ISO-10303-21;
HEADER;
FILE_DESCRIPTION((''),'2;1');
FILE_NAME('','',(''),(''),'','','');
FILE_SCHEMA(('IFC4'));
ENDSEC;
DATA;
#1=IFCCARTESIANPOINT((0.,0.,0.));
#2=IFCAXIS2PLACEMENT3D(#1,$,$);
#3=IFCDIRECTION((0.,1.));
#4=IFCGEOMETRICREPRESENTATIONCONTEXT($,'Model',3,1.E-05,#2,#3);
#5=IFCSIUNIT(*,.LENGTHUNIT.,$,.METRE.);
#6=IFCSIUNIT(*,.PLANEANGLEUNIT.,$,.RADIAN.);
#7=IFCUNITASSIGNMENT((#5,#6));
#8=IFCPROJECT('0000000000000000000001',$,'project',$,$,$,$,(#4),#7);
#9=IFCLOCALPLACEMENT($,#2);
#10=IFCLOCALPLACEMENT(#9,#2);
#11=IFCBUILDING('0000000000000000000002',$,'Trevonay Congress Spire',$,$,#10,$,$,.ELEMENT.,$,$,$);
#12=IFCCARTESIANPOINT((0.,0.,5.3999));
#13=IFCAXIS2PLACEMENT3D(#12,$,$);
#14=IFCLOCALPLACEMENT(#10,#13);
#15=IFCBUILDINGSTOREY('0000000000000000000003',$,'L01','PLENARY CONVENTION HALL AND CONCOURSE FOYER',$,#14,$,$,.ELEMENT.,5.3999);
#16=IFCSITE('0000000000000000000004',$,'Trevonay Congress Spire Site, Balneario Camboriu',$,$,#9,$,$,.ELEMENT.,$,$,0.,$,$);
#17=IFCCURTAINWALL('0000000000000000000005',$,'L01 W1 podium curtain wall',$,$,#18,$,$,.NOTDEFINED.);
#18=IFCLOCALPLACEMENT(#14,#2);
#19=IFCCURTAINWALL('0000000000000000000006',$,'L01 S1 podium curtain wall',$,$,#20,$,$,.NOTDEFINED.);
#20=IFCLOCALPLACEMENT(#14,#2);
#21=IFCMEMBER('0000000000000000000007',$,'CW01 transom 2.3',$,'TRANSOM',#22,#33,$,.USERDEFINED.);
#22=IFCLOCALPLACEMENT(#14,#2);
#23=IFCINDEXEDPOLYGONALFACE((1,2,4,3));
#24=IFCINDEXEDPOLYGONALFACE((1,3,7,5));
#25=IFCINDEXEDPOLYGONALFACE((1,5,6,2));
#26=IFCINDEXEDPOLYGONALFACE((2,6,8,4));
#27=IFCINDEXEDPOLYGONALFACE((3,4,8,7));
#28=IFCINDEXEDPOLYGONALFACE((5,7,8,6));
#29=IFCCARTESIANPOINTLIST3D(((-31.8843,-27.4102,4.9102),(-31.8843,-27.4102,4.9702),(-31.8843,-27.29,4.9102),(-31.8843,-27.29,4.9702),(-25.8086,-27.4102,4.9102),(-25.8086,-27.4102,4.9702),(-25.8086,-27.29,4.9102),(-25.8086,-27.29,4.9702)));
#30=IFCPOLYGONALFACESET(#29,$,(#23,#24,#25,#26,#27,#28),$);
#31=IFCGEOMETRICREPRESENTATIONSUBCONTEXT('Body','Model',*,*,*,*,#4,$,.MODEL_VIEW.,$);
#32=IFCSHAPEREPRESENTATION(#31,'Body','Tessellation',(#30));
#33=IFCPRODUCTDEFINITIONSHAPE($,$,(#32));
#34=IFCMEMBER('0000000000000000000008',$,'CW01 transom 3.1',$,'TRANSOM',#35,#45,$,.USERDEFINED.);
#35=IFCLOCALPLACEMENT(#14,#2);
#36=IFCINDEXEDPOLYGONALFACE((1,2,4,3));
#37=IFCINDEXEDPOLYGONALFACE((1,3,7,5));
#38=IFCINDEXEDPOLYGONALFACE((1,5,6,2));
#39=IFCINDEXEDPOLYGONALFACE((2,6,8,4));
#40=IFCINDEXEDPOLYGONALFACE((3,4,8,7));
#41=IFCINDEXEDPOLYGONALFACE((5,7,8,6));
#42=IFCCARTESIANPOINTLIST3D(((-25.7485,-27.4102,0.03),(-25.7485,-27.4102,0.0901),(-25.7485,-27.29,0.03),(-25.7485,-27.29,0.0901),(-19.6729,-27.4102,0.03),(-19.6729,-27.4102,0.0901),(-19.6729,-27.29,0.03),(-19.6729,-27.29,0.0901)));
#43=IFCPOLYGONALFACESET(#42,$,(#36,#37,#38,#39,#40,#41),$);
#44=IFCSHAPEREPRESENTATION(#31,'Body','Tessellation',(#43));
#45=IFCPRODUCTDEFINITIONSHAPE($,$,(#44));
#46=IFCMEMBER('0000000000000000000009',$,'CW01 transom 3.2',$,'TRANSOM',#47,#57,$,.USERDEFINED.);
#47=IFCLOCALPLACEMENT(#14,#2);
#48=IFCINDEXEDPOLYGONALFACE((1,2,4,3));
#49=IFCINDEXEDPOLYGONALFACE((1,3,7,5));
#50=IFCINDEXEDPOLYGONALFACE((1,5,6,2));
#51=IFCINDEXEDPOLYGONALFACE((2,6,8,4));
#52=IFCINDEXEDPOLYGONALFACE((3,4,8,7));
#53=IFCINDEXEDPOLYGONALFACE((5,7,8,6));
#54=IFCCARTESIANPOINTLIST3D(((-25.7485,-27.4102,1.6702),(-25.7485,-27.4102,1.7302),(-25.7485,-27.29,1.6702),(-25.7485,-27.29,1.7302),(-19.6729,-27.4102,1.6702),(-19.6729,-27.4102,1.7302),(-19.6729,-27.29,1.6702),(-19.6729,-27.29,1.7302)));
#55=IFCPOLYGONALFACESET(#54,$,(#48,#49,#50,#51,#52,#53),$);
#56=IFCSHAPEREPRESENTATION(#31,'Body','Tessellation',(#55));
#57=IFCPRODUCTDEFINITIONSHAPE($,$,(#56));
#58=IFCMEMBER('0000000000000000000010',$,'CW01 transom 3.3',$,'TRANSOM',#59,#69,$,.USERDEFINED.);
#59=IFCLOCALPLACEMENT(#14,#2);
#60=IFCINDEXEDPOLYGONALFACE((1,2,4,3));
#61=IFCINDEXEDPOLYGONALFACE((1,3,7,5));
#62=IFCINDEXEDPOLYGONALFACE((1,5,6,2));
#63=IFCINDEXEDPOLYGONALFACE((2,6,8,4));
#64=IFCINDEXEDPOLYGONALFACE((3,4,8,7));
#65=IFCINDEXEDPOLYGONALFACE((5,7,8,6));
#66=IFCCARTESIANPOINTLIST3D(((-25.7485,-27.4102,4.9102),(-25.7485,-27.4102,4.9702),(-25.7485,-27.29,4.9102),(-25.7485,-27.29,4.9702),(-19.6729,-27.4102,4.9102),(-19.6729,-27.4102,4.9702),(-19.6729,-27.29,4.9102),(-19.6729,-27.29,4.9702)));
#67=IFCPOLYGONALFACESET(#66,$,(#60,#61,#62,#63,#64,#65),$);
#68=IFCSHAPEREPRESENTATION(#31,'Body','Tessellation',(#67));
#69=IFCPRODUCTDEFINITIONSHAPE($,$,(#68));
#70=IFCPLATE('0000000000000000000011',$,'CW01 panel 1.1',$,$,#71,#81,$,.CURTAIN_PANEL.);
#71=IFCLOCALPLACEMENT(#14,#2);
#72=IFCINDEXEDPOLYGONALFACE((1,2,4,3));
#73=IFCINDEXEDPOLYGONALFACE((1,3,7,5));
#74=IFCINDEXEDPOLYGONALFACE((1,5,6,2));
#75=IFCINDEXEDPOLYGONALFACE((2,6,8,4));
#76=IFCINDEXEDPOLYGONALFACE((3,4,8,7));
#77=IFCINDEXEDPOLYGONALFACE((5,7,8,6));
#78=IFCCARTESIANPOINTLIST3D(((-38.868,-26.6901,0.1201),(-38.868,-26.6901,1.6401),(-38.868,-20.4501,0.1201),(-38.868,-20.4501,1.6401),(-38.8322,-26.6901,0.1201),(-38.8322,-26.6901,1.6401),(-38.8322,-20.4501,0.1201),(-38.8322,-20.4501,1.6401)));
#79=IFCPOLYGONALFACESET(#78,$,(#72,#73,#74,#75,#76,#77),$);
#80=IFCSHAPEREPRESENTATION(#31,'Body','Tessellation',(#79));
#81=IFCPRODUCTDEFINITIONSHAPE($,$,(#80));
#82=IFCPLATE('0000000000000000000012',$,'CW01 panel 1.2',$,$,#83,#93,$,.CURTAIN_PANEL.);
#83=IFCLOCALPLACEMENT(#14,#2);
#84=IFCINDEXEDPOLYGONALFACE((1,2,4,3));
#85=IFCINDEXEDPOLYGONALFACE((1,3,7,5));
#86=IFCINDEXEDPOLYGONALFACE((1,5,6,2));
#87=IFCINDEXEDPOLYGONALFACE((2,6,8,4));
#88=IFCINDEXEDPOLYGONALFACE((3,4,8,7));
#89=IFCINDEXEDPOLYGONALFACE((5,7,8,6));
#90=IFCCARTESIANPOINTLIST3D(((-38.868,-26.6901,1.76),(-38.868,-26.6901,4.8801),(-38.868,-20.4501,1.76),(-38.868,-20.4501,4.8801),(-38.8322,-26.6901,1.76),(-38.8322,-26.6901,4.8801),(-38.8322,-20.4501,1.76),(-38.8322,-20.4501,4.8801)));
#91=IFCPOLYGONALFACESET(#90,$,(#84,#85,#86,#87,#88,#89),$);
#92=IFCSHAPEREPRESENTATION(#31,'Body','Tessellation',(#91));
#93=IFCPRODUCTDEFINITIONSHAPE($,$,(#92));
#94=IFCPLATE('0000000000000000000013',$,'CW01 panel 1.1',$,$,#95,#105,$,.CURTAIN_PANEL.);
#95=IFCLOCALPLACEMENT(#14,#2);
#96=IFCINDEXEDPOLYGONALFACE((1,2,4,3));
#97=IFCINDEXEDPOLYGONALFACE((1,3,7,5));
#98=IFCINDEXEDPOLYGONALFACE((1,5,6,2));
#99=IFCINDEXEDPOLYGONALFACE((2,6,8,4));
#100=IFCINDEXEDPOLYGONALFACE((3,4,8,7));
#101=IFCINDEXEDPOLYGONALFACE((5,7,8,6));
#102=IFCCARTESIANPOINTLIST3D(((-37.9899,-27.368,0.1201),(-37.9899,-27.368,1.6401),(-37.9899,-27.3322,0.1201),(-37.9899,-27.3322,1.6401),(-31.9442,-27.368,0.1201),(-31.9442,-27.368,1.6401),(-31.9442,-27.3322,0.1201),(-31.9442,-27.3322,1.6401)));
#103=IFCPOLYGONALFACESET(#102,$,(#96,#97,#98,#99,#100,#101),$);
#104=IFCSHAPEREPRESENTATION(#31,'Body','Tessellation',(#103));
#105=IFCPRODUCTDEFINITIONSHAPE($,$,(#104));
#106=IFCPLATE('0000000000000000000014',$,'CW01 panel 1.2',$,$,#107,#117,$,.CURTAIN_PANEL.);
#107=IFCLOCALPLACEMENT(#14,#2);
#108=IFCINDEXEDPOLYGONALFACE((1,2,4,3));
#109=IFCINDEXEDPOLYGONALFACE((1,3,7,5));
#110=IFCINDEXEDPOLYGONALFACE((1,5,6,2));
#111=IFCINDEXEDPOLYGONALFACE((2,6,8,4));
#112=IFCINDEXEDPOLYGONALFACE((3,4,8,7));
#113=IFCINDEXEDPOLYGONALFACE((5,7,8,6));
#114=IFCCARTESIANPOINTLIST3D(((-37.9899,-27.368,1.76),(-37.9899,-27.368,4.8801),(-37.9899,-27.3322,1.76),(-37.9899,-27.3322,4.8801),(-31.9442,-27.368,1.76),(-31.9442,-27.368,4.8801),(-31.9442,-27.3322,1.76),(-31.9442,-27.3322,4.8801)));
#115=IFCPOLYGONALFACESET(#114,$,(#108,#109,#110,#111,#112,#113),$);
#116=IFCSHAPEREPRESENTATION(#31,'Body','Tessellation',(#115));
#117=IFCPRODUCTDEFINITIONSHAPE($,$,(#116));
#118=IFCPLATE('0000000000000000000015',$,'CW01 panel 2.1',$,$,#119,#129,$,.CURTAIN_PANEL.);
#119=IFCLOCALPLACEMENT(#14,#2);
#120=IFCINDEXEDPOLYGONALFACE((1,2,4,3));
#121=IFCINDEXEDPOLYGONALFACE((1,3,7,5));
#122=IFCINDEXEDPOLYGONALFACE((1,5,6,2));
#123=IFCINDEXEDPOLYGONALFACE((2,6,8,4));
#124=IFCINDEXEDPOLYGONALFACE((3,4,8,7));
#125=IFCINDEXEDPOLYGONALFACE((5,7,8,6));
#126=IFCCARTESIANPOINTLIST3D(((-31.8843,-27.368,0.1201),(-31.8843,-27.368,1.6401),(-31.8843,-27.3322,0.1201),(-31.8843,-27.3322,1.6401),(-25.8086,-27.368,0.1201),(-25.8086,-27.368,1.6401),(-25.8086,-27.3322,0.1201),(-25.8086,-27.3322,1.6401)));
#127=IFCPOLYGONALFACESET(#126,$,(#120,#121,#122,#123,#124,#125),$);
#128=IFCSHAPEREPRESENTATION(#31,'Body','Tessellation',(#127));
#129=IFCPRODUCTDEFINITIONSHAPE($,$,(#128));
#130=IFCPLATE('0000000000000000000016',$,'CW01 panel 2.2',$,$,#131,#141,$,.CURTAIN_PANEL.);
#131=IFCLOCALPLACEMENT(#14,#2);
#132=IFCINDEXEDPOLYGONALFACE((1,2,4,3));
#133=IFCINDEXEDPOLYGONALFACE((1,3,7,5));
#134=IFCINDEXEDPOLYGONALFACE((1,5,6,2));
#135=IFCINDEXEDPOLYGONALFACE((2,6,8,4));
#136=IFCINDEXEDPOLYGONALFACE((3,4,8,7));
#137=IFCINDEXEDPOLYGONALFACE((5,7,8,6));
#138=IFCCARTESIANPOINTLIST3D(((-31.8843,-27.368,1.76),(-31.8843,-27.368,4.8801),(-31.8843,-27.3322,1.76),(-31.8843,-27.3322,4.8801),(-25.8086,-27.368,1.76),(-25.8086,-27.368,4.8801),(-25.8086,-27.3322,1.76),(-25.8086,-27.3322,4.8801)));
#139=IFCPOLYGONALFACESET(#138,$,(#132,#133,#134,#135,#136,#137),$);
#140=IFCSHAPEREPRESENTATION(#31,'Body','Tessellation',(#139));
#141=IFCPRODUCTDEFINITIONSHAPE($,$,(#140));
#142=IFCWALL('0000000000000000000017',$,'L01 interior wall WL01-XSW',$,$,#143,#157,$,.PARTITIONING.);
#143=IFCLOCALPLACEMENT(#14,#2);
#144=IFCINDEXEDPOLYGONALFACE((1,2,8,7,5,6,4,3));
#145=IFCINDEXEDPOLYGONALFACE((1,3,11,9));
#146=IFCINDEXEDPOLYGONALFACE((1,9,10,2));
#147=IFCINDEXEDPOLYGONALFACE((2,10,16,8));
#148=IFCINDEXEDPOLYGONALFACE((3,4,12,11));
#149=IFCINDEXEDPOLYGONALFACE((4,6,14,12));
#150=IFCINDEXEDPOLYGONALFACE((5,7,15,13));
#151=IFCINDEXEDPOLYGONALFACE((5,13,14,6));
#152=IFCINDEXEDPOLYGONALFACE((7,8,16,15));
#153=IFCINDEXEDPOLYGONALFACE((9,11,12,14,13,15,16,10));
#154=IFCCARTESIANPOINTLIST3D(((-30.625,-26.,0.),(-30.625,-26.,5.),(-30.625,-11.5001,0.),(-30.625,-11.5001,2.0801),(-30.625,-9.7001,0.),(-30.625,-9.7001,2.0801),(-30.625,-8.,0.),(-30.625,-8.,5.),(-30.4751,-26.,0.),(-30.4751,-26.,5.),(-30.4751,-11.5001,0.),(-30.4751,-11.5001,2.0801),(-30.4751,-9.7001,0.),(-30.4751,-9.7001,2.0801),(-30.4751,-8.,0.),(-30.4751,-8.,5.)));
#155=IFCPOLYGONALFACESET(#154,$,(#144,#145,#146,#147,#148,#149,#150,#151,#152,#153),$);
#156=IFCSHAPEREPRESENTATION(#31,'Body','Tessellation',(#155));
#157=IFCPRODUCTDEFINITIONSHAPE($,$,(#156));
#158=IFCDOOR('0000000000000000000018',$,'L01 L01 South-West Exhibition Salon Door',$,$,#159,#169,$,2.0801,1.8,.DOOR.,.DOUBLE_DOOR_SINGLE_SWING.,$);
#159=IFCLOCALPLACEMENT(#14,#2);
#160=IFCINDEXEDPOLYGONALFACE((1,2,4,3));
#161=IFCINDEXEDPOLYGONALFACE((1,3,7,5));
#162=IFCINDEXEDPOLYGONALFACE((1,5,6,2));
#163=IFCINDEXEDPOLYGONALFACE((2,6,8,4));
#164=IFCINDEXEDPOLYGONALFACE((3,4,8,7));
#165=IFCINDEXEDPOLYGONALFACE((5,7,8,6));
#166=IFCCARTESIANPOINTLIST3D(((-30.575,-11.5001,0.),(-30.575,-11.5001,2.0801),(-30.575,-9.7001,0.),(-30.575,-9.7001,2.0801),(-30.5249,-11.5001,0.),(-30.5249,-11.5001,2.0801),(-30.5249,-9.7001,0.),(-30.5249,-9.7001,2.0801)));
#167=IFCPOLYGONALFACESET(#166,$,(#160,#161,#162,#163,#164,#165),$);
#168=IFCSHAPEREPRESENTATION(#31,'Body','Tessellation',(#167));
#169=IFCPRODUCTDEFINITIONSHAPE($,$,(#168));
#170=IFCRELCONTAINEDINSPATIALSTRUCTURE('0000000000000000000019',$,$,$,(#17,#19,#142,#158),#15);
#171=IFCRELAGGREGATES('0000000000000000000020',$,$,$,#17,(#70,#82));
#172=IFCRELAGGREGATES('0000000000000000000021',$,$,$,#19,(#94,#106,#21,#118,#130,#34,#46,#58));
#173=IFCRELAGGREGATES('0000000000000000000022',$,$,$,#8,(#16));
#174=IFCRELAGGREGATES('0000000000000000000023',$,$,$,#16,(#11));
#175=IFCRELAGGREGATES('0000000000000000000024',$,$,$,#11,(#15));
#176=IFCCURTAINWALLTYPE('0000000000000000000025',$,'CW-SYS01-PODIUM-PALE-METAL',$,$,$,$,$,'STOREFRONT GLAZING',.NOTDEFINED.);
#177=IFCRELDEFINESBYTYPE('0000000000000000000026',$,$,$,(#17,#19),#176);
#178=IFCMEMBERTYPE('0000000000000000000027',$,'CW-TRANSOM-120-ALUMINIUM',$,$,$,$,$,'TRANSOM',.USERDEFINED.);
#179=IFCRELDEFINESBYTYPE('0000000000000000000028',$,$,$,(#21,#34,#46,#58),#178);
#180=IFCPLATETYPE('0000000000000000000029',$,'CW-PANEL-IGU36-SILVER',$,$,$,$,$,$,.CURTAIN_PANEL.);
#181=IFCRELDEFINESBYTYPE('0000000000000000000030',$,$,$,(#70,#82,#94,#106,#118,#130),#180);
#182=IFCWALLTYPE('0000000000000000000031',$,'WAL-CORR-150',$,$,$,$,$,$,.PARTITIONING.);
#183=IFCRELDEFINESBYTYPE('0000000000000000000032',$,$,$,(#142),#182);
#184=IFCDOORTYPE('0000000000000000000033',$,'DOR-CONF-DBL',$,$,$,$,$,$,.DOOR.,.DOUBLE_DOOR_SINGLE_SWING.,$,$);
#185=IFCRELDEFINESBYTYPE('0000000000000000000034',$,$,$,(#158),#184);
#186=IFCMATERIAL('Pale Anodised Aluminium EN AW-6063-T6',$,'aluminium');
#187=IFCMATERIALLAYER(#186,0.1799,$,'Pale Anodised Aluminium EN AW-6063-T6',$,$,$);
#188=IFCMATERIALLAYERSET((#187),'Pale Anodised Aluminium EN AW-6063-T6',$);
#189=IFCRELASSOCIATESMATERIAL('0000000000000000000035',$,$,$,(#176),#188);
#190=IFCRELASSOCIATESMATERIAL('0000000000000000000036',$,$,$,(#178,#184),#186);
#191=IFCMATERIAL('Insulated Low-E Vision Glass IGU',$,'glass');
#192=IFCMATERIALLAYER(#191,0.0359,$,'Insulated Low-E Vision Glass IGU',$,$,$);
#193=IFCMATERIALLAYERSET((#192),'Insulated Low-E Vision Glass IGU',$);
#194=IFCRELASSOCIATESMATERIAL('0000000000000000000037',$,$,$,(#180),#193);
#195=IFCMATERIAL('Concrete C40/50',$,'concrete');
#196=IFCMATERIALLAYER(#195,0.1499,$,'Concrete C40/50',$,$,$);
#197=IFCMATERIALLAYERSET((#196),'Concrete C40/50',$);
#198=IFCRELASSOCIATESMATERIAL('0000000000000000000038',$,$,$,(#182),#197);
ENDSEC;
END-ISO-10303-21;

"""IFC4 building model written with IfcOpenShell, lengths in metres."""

from ifc_helpers import new_model, si_unit, direction, frame, frame_2d, origin, origin_2d, place, context, subcontext, project, spatial, rectangle, extrude, material, layer, layer_set, material_profile, profile_set, type_object, element, fill, aggregate, save


model = new_model("IFC4")

# Units and contexts
model_context = context("Model", 3, precision=1e-05, world=origin(), true_north=direction((0.0, 1.0)))
body_context = subcontext(model_context, "Body", "Model", "MODEL_VIEW")
ifc_project = project(units=[si_unit("LENGTHUNIT", "METRE"), si_unit("PLANEANGLEUNIT", "RADIAN")], contexts=[model_context])

# Site, building, storey
site_placement = place(None, origin())
site = spatial("IfcSite", under=ifc_project, at=site_placement, Name="Trevonay Congress Spire Site, Balneario Camboriu", CompositionType="ELEMENT", RefElevation=0.0)
building_placement = place(site_placement, origin())
building = spatial("IfcBuilding", under=site, at=building_placement, Name="Trevonay Congress Spire", CompositionType="ELEMENT")
storey_placement = place(building_placement, frame((0.0, 0.0, 5.3999)))
storey = spatial("IfcBuildingStorey", under=building, at=storey_placement, Name="L01", Description="PLENARY CONVENTION HALL AND CONCOURSE FOYER", CompositionType="ELEMENT", Elevation=5.3999)

# Curtain walls
ifc_material_1 = material(Name="Pale Anodised Aluminium EN AW-6063-T6", Category="aluminium")
ifc_layer_1 = layer(ifc_material_1, 0.1799, Name="Pale Anodised Aluminium EN AW-6063-T6")
ifc_layer_set_1 = layer_set([ifc_layer_1], Name="Pale Anodised Aluminium EN AW-6063-T6")
curtain_wall_type = type_object("IfcCurtainWallType", Name="CW-SYS01-PODIUM-PALE-METAL", ElementType="STOREFRONT GLAZING", PredefinedType="NOTDEFINED", material=ifc_layer_set_1)
curtain_wall_1_placement = place(storey_placement, origin())
curtain_wall_1 = element("IfcCurtainWall", 1, at=curtain_wall_1_placement, inside=storey, type_object=curtain_wall_type, Name="L01 W1 podium curtain wall", PredefinedType="NOTDEFINED")
curtain_wall_2_placement = place(storey_placement, origin())
curtain_wall_2 = element("IfcCurtainWall", 2, at=curtain_wall_2_placement, inside=storey, type_object=curtain_wall_type, Name="L01 S1 podium curtain wall", PredefinedType="NOTDEFINED")

# Members
ifc_material_profile_1 = material_profile(ifc_material_1, rectangle(XDim=0.1201, YDim=0.0601, at=origin_2d()), Name="CW-TRANSOM-120-ALUMINIUM")
ifc_profile_set_1 = profile_set([ifc_material_profile_1], Name="Pale Anodised Aluminium EN AW-6063-T6")
member_type_1 = type_object("IfcMemberType", Name="CW-TRANSOM-120-ALUMINIUM", ElementType="TRANSOM", PredefinedType="USERDEFINED", material=ifc_profile_set_1)
member_1_placement = place(storey_placement, frame((-31.8843, -27.3501, 4.9402), z_axis=(1.0, 0.0, 0.0), x_axis=(0.0, 1.0, 0.0)))
member_1 = element("IfcMember", 3, at=member_1_placement, type_object=member_type_1, Name="CW01 transom 2.3", ObjectType="TRANSOM", PredefinedType="USERDEFINED", context=body_context, shape_type="SweptSolid", body=[
    extrude(rectangle(XDim=0.1201, YDim=0.0601, at=origin_2d()), origin(), (0.0, 0.0, 1.0), 6.0757),
])
member_2_placement = place(storey_placement, frame((-25.7485, -27.3501, 0.0601), z_axis=(1.0, 0.0, 0.0), x_axis=(0.0, 1.0, 0.0)))
member_2 = element("IfcMember", 4, at=member_2_placement, type_object=member_type_1, Name="CW01 transom 3.1", ObjectType="TRANSOM", PredefinedType="USERDEFINED", context=body_context, shape_type="SweptSolid", body=[
    extrude(rectangle(XDim=0.1201, YDim=0.0601, at=origin_2d()), origin(), (0.0, 0.0, 1.0), 6.0757),
])
member_3_placement = place(storey_placement, frame((-25.7485, -27.3501, 1.7002), z_axis=(1.0, 0.0, 0.0), x_axis=(0.0, 1.0, 0.0)))
member_3 = element("IfcMember", 5, at=member_3_placement, type_object=member_type_1, Name="CW01 transom 3.2", ObjectType="TRANSOM", PredefinedType="USERDEFINED", context=body_context, shape_type="SweptSolid", body=[
    extrude(rectangle(XDim=0.1201, YDim=0.0601, at=origin_2d()), origin(), (0.0, 0.0, 1.0), 6.0757),
])
member_4_placement = place(storey_placement, frame((-25.7485, -27.3501, 4.9402), z_axis=(1.0, 0.0, 0.0), x_axis=(0.0, 1.0, 0.0)))
member_4 = element("IfcMember", 6, at=member_4_placement, type_object=member_type_1, Name="CW01 transom 3.3", ObjectType="TRANSOM", PredefinedType="USERDEFINED", context=body_context, shape_type="SweptSolid", body=[
    extrude(rectangle(XDim=0.1201, YDim=0.0601, at=origin_2d()), origin(), (0.0, 0.0, 1.0), 6.0757),
])

# Plates
ifc_material_2 = material(Name="Insulated Low-E Vision Glass IGU", Category="glass")
ifc_layer_2 = layer(ifc_material_2, 0.0359, Name="Insulated Low-E Vision Glass IGU")
ifc_layer_set_2 = layer_set([ifc_layer_2], Name="Insulated Low-E Vision Glass IGU")
plate_type = type_object("IfcPlateType", Name="CW-PANEL-IGU36-SILVER", PredefinedType="CURTAIN_PANEL", material=ifc_layer_set_2)
plate_1_placement = place(storey_placement, frame((-38.8501, -23.5701, 0.1201), z_axis=(0.0, 0.0, 1.0), x_axis=(0.0, 1.0, 0.0)))
plate_1 = element("IfcPlate", 7, at=plate_1_placement, type_object=plate_type, Name="CW01 panel 1.1", PredefinedType="CURTAIN_PANEL", context=body_context, shape_type="SweptSolid", body=[
    extrude(rectangle(XDim=6.24, YDim=0.0359, at=origin_2d()), origin(), (0.0, 0.0, 1.0), 1.52),
])
plate_2_placement = place(storey_placement, frame((-38.8501, -23.5701, 1.76), z_axis=(0.0, 0.0, 1.0), x_axis=(0.0, 1.0, 0.0)))
plate_2 = element("IfcPlate", 8, at=plate_2_placement, type_object=plate_type, Name="CW01 panel 1.2", PredefinedType="CURTAIN_PANEL", context=body_context, shape_type="SweptSolid", body=[
    extrude(rectangle(XDim=6.24, YDim=0.0359, at=origin_2d()), origin(), (0.0, 0.0, 1.0), 3.1201),
])
aggregate(curtain_wall_1, [plate_1, plate_2])
plate_3_placement = place(storey_placement, frame((-34.967, -27.3501, 0.1201), z_axis=(0.0, 0.0, 1.0), x_axis=(1.0, 0.0, 0.0)))
plate_3 = element("IfcPlate", 9, at=plate_3_placement, type_object=plate_type, Name="CW01 panel 1.1", PredefinedType="CURTAIN_PANEL", context=body_context, shape_type="SweptSolid", body=[
    extrude(rectangle(XDim=6.0457, YDim=0.0359, at=origin_2d()), origin(), (0.0, 0.0, 1.0), 1.52),
])
plate_4_placement = place(storey_placement, frame((-34.967, -27.3501, 1.76), z_axis=(0.0, 0.0, 1.0), x_axis=(1.0, 0.0, 0.0)))
plate_4 = element("IfcPlate", 10, at=plate_4_placement, type_object=plate_type, Name="CW01 panel 1.2", PredefinedType="CURTAIN_PANEL", context=body_context, shape_type="SweptSolid", body=[
    extrude(rectangle(XDim=6.0457, YDim=0.0359, at=origin_2d()), origin(), (0.0, 0.0, 1.0), 3.1201),
])
plate_5_placement = place(storey_placement, frame((-28.8464, -27.3501, 0.1201), z_axis=(0.0, 0.0, 1.0), x_axis=(1.0, 0.0, 0.0)))
plate_5 = element("IfcPlate", 11, at=plate_5_placement, type_object=plate_type, Name="CW01 panel 2.1", PredefinedType="CURTAIN_PANEL", context=body_context, shape_type="SweptSolid", body=[
    extrude(rectangle(XDim=6.0757, YDim=0.0359, at=origin_2d()), origin(), (0.0, 0.0, 1.0), 1.52),
])
plate_6_placement = place(storey_placement, frame((-28.8464, -27.3501, 1.76), z_axis=(0.0, 0.0, 1.0), x_axis=(1.0, 0.0, 0.0)))
plate_6 = element("IfcPlate", 12, at=plate_6_placement, type_object=plate_type, Name="CW01 panel 2.2", PredefinedType="CURTAIN_PANEL", context=body_context, shape_type="SweptSolid", body=[
    extrude(rectangle(XDim=6.0757, YDim=0.0359, at=origin_2d()), origin(), (0.0, 0.0, 1.0), 3.1201),
])
aggregate(curtain_wall_2, [plate_3, plate_4, member_1, plate_5, plate_6, member_2, member_3, member_4])

# Wall, opening, door
ifc_material_3 = material(Name="Concrete C40/50", Category="concrete")
ifc_layer_3 = layer(ifc_material_3, 0.1499, Name="Concrete C40/50")
ifc_layer_set_3 = layer_set([ifc_layer_3], Name="Concrete C40/50")
wall_type_1 = type_object("IfcWallType", Name="WAL-CORR-150", PredefinedType="PARTITIONING", material=ifc_layer_set_3)
wall_1_placement = place(storey_placement, frame((-30.55, -26.0, 0.0), z_axis=(0.0, 0.0, 1.0), x_axis=(0.0, 1.0, 0.0)))
wall_1 = element("IfcWall", 13, at=wall_1_placement, inside=storey, type_object=wall_type_1, Name="L01 interior wall WL01-XSW", PredefinedType="PARTITIONING", context=body_context, shape_type="SweptSolid", body=[
    extrude(rectangle(XDim=18.0, YDim=0.1499, at=frame_2d((9.0, 0.0))), origin(), (0.0, 0.0, 1.0), 5.0),
])
opening_1_placement = place(wall_1_placement, frame((14.5, 0.0, 0.0)))
opening_1 = element("IfcOpeningElement", 14, at=opening_1_placement, cuts=wall_1, PredefinedType="OPENING", context=body_context, shape_type="SweptSolid", body=[
    extrude(rectangle(XDim=1.8, YDim=2.0801, at=frame_2d((0.8999, 1.04))), frame((0.0, 0.085, 0.0), z_axis=(0.0, -1.0, 0.0), x_axis=(1.0, 0.0, 0.0)), (0.0, 0.0, 1.0), 0.1699),
])
door_type_1 = type_object("IfcDoorType", Name="DOR-CONF-DBL", OperationType="DOUBLE_DOOR_SINGLE_SWING", PredefinedType="DOOR", material=ifc_material_1)
door_1_placement = place(opening_1_placement, origin())
door_1 = element("IfcDoor", 15, at=door_1_placement, inside=storey, type_object=door_type_1, Name="L01 L01 South-West Exhibition Salon Door", OperationType="DOUBLE_DOOR_SINGLE_SWING", OverallHeight=2.0801, OverallWidth=1.8, PredefinedType="DOOR", context=body_context, shape_type="SweptSolid", body=[
    extrude(rectangle(XDim=1.8, YDim=2.0801, at=frame_2d((0.8999, 1.04))), frame((0.0, 0.0249, 0.0), z_axis=(0.0, -1.0, 0.0), x_axis=(1.0, 0.0, 0.0)), (0.0, 0.0, 1.0), 0.05),
])
fill(opening_1, door_1)

save(model, "model.ifc")
